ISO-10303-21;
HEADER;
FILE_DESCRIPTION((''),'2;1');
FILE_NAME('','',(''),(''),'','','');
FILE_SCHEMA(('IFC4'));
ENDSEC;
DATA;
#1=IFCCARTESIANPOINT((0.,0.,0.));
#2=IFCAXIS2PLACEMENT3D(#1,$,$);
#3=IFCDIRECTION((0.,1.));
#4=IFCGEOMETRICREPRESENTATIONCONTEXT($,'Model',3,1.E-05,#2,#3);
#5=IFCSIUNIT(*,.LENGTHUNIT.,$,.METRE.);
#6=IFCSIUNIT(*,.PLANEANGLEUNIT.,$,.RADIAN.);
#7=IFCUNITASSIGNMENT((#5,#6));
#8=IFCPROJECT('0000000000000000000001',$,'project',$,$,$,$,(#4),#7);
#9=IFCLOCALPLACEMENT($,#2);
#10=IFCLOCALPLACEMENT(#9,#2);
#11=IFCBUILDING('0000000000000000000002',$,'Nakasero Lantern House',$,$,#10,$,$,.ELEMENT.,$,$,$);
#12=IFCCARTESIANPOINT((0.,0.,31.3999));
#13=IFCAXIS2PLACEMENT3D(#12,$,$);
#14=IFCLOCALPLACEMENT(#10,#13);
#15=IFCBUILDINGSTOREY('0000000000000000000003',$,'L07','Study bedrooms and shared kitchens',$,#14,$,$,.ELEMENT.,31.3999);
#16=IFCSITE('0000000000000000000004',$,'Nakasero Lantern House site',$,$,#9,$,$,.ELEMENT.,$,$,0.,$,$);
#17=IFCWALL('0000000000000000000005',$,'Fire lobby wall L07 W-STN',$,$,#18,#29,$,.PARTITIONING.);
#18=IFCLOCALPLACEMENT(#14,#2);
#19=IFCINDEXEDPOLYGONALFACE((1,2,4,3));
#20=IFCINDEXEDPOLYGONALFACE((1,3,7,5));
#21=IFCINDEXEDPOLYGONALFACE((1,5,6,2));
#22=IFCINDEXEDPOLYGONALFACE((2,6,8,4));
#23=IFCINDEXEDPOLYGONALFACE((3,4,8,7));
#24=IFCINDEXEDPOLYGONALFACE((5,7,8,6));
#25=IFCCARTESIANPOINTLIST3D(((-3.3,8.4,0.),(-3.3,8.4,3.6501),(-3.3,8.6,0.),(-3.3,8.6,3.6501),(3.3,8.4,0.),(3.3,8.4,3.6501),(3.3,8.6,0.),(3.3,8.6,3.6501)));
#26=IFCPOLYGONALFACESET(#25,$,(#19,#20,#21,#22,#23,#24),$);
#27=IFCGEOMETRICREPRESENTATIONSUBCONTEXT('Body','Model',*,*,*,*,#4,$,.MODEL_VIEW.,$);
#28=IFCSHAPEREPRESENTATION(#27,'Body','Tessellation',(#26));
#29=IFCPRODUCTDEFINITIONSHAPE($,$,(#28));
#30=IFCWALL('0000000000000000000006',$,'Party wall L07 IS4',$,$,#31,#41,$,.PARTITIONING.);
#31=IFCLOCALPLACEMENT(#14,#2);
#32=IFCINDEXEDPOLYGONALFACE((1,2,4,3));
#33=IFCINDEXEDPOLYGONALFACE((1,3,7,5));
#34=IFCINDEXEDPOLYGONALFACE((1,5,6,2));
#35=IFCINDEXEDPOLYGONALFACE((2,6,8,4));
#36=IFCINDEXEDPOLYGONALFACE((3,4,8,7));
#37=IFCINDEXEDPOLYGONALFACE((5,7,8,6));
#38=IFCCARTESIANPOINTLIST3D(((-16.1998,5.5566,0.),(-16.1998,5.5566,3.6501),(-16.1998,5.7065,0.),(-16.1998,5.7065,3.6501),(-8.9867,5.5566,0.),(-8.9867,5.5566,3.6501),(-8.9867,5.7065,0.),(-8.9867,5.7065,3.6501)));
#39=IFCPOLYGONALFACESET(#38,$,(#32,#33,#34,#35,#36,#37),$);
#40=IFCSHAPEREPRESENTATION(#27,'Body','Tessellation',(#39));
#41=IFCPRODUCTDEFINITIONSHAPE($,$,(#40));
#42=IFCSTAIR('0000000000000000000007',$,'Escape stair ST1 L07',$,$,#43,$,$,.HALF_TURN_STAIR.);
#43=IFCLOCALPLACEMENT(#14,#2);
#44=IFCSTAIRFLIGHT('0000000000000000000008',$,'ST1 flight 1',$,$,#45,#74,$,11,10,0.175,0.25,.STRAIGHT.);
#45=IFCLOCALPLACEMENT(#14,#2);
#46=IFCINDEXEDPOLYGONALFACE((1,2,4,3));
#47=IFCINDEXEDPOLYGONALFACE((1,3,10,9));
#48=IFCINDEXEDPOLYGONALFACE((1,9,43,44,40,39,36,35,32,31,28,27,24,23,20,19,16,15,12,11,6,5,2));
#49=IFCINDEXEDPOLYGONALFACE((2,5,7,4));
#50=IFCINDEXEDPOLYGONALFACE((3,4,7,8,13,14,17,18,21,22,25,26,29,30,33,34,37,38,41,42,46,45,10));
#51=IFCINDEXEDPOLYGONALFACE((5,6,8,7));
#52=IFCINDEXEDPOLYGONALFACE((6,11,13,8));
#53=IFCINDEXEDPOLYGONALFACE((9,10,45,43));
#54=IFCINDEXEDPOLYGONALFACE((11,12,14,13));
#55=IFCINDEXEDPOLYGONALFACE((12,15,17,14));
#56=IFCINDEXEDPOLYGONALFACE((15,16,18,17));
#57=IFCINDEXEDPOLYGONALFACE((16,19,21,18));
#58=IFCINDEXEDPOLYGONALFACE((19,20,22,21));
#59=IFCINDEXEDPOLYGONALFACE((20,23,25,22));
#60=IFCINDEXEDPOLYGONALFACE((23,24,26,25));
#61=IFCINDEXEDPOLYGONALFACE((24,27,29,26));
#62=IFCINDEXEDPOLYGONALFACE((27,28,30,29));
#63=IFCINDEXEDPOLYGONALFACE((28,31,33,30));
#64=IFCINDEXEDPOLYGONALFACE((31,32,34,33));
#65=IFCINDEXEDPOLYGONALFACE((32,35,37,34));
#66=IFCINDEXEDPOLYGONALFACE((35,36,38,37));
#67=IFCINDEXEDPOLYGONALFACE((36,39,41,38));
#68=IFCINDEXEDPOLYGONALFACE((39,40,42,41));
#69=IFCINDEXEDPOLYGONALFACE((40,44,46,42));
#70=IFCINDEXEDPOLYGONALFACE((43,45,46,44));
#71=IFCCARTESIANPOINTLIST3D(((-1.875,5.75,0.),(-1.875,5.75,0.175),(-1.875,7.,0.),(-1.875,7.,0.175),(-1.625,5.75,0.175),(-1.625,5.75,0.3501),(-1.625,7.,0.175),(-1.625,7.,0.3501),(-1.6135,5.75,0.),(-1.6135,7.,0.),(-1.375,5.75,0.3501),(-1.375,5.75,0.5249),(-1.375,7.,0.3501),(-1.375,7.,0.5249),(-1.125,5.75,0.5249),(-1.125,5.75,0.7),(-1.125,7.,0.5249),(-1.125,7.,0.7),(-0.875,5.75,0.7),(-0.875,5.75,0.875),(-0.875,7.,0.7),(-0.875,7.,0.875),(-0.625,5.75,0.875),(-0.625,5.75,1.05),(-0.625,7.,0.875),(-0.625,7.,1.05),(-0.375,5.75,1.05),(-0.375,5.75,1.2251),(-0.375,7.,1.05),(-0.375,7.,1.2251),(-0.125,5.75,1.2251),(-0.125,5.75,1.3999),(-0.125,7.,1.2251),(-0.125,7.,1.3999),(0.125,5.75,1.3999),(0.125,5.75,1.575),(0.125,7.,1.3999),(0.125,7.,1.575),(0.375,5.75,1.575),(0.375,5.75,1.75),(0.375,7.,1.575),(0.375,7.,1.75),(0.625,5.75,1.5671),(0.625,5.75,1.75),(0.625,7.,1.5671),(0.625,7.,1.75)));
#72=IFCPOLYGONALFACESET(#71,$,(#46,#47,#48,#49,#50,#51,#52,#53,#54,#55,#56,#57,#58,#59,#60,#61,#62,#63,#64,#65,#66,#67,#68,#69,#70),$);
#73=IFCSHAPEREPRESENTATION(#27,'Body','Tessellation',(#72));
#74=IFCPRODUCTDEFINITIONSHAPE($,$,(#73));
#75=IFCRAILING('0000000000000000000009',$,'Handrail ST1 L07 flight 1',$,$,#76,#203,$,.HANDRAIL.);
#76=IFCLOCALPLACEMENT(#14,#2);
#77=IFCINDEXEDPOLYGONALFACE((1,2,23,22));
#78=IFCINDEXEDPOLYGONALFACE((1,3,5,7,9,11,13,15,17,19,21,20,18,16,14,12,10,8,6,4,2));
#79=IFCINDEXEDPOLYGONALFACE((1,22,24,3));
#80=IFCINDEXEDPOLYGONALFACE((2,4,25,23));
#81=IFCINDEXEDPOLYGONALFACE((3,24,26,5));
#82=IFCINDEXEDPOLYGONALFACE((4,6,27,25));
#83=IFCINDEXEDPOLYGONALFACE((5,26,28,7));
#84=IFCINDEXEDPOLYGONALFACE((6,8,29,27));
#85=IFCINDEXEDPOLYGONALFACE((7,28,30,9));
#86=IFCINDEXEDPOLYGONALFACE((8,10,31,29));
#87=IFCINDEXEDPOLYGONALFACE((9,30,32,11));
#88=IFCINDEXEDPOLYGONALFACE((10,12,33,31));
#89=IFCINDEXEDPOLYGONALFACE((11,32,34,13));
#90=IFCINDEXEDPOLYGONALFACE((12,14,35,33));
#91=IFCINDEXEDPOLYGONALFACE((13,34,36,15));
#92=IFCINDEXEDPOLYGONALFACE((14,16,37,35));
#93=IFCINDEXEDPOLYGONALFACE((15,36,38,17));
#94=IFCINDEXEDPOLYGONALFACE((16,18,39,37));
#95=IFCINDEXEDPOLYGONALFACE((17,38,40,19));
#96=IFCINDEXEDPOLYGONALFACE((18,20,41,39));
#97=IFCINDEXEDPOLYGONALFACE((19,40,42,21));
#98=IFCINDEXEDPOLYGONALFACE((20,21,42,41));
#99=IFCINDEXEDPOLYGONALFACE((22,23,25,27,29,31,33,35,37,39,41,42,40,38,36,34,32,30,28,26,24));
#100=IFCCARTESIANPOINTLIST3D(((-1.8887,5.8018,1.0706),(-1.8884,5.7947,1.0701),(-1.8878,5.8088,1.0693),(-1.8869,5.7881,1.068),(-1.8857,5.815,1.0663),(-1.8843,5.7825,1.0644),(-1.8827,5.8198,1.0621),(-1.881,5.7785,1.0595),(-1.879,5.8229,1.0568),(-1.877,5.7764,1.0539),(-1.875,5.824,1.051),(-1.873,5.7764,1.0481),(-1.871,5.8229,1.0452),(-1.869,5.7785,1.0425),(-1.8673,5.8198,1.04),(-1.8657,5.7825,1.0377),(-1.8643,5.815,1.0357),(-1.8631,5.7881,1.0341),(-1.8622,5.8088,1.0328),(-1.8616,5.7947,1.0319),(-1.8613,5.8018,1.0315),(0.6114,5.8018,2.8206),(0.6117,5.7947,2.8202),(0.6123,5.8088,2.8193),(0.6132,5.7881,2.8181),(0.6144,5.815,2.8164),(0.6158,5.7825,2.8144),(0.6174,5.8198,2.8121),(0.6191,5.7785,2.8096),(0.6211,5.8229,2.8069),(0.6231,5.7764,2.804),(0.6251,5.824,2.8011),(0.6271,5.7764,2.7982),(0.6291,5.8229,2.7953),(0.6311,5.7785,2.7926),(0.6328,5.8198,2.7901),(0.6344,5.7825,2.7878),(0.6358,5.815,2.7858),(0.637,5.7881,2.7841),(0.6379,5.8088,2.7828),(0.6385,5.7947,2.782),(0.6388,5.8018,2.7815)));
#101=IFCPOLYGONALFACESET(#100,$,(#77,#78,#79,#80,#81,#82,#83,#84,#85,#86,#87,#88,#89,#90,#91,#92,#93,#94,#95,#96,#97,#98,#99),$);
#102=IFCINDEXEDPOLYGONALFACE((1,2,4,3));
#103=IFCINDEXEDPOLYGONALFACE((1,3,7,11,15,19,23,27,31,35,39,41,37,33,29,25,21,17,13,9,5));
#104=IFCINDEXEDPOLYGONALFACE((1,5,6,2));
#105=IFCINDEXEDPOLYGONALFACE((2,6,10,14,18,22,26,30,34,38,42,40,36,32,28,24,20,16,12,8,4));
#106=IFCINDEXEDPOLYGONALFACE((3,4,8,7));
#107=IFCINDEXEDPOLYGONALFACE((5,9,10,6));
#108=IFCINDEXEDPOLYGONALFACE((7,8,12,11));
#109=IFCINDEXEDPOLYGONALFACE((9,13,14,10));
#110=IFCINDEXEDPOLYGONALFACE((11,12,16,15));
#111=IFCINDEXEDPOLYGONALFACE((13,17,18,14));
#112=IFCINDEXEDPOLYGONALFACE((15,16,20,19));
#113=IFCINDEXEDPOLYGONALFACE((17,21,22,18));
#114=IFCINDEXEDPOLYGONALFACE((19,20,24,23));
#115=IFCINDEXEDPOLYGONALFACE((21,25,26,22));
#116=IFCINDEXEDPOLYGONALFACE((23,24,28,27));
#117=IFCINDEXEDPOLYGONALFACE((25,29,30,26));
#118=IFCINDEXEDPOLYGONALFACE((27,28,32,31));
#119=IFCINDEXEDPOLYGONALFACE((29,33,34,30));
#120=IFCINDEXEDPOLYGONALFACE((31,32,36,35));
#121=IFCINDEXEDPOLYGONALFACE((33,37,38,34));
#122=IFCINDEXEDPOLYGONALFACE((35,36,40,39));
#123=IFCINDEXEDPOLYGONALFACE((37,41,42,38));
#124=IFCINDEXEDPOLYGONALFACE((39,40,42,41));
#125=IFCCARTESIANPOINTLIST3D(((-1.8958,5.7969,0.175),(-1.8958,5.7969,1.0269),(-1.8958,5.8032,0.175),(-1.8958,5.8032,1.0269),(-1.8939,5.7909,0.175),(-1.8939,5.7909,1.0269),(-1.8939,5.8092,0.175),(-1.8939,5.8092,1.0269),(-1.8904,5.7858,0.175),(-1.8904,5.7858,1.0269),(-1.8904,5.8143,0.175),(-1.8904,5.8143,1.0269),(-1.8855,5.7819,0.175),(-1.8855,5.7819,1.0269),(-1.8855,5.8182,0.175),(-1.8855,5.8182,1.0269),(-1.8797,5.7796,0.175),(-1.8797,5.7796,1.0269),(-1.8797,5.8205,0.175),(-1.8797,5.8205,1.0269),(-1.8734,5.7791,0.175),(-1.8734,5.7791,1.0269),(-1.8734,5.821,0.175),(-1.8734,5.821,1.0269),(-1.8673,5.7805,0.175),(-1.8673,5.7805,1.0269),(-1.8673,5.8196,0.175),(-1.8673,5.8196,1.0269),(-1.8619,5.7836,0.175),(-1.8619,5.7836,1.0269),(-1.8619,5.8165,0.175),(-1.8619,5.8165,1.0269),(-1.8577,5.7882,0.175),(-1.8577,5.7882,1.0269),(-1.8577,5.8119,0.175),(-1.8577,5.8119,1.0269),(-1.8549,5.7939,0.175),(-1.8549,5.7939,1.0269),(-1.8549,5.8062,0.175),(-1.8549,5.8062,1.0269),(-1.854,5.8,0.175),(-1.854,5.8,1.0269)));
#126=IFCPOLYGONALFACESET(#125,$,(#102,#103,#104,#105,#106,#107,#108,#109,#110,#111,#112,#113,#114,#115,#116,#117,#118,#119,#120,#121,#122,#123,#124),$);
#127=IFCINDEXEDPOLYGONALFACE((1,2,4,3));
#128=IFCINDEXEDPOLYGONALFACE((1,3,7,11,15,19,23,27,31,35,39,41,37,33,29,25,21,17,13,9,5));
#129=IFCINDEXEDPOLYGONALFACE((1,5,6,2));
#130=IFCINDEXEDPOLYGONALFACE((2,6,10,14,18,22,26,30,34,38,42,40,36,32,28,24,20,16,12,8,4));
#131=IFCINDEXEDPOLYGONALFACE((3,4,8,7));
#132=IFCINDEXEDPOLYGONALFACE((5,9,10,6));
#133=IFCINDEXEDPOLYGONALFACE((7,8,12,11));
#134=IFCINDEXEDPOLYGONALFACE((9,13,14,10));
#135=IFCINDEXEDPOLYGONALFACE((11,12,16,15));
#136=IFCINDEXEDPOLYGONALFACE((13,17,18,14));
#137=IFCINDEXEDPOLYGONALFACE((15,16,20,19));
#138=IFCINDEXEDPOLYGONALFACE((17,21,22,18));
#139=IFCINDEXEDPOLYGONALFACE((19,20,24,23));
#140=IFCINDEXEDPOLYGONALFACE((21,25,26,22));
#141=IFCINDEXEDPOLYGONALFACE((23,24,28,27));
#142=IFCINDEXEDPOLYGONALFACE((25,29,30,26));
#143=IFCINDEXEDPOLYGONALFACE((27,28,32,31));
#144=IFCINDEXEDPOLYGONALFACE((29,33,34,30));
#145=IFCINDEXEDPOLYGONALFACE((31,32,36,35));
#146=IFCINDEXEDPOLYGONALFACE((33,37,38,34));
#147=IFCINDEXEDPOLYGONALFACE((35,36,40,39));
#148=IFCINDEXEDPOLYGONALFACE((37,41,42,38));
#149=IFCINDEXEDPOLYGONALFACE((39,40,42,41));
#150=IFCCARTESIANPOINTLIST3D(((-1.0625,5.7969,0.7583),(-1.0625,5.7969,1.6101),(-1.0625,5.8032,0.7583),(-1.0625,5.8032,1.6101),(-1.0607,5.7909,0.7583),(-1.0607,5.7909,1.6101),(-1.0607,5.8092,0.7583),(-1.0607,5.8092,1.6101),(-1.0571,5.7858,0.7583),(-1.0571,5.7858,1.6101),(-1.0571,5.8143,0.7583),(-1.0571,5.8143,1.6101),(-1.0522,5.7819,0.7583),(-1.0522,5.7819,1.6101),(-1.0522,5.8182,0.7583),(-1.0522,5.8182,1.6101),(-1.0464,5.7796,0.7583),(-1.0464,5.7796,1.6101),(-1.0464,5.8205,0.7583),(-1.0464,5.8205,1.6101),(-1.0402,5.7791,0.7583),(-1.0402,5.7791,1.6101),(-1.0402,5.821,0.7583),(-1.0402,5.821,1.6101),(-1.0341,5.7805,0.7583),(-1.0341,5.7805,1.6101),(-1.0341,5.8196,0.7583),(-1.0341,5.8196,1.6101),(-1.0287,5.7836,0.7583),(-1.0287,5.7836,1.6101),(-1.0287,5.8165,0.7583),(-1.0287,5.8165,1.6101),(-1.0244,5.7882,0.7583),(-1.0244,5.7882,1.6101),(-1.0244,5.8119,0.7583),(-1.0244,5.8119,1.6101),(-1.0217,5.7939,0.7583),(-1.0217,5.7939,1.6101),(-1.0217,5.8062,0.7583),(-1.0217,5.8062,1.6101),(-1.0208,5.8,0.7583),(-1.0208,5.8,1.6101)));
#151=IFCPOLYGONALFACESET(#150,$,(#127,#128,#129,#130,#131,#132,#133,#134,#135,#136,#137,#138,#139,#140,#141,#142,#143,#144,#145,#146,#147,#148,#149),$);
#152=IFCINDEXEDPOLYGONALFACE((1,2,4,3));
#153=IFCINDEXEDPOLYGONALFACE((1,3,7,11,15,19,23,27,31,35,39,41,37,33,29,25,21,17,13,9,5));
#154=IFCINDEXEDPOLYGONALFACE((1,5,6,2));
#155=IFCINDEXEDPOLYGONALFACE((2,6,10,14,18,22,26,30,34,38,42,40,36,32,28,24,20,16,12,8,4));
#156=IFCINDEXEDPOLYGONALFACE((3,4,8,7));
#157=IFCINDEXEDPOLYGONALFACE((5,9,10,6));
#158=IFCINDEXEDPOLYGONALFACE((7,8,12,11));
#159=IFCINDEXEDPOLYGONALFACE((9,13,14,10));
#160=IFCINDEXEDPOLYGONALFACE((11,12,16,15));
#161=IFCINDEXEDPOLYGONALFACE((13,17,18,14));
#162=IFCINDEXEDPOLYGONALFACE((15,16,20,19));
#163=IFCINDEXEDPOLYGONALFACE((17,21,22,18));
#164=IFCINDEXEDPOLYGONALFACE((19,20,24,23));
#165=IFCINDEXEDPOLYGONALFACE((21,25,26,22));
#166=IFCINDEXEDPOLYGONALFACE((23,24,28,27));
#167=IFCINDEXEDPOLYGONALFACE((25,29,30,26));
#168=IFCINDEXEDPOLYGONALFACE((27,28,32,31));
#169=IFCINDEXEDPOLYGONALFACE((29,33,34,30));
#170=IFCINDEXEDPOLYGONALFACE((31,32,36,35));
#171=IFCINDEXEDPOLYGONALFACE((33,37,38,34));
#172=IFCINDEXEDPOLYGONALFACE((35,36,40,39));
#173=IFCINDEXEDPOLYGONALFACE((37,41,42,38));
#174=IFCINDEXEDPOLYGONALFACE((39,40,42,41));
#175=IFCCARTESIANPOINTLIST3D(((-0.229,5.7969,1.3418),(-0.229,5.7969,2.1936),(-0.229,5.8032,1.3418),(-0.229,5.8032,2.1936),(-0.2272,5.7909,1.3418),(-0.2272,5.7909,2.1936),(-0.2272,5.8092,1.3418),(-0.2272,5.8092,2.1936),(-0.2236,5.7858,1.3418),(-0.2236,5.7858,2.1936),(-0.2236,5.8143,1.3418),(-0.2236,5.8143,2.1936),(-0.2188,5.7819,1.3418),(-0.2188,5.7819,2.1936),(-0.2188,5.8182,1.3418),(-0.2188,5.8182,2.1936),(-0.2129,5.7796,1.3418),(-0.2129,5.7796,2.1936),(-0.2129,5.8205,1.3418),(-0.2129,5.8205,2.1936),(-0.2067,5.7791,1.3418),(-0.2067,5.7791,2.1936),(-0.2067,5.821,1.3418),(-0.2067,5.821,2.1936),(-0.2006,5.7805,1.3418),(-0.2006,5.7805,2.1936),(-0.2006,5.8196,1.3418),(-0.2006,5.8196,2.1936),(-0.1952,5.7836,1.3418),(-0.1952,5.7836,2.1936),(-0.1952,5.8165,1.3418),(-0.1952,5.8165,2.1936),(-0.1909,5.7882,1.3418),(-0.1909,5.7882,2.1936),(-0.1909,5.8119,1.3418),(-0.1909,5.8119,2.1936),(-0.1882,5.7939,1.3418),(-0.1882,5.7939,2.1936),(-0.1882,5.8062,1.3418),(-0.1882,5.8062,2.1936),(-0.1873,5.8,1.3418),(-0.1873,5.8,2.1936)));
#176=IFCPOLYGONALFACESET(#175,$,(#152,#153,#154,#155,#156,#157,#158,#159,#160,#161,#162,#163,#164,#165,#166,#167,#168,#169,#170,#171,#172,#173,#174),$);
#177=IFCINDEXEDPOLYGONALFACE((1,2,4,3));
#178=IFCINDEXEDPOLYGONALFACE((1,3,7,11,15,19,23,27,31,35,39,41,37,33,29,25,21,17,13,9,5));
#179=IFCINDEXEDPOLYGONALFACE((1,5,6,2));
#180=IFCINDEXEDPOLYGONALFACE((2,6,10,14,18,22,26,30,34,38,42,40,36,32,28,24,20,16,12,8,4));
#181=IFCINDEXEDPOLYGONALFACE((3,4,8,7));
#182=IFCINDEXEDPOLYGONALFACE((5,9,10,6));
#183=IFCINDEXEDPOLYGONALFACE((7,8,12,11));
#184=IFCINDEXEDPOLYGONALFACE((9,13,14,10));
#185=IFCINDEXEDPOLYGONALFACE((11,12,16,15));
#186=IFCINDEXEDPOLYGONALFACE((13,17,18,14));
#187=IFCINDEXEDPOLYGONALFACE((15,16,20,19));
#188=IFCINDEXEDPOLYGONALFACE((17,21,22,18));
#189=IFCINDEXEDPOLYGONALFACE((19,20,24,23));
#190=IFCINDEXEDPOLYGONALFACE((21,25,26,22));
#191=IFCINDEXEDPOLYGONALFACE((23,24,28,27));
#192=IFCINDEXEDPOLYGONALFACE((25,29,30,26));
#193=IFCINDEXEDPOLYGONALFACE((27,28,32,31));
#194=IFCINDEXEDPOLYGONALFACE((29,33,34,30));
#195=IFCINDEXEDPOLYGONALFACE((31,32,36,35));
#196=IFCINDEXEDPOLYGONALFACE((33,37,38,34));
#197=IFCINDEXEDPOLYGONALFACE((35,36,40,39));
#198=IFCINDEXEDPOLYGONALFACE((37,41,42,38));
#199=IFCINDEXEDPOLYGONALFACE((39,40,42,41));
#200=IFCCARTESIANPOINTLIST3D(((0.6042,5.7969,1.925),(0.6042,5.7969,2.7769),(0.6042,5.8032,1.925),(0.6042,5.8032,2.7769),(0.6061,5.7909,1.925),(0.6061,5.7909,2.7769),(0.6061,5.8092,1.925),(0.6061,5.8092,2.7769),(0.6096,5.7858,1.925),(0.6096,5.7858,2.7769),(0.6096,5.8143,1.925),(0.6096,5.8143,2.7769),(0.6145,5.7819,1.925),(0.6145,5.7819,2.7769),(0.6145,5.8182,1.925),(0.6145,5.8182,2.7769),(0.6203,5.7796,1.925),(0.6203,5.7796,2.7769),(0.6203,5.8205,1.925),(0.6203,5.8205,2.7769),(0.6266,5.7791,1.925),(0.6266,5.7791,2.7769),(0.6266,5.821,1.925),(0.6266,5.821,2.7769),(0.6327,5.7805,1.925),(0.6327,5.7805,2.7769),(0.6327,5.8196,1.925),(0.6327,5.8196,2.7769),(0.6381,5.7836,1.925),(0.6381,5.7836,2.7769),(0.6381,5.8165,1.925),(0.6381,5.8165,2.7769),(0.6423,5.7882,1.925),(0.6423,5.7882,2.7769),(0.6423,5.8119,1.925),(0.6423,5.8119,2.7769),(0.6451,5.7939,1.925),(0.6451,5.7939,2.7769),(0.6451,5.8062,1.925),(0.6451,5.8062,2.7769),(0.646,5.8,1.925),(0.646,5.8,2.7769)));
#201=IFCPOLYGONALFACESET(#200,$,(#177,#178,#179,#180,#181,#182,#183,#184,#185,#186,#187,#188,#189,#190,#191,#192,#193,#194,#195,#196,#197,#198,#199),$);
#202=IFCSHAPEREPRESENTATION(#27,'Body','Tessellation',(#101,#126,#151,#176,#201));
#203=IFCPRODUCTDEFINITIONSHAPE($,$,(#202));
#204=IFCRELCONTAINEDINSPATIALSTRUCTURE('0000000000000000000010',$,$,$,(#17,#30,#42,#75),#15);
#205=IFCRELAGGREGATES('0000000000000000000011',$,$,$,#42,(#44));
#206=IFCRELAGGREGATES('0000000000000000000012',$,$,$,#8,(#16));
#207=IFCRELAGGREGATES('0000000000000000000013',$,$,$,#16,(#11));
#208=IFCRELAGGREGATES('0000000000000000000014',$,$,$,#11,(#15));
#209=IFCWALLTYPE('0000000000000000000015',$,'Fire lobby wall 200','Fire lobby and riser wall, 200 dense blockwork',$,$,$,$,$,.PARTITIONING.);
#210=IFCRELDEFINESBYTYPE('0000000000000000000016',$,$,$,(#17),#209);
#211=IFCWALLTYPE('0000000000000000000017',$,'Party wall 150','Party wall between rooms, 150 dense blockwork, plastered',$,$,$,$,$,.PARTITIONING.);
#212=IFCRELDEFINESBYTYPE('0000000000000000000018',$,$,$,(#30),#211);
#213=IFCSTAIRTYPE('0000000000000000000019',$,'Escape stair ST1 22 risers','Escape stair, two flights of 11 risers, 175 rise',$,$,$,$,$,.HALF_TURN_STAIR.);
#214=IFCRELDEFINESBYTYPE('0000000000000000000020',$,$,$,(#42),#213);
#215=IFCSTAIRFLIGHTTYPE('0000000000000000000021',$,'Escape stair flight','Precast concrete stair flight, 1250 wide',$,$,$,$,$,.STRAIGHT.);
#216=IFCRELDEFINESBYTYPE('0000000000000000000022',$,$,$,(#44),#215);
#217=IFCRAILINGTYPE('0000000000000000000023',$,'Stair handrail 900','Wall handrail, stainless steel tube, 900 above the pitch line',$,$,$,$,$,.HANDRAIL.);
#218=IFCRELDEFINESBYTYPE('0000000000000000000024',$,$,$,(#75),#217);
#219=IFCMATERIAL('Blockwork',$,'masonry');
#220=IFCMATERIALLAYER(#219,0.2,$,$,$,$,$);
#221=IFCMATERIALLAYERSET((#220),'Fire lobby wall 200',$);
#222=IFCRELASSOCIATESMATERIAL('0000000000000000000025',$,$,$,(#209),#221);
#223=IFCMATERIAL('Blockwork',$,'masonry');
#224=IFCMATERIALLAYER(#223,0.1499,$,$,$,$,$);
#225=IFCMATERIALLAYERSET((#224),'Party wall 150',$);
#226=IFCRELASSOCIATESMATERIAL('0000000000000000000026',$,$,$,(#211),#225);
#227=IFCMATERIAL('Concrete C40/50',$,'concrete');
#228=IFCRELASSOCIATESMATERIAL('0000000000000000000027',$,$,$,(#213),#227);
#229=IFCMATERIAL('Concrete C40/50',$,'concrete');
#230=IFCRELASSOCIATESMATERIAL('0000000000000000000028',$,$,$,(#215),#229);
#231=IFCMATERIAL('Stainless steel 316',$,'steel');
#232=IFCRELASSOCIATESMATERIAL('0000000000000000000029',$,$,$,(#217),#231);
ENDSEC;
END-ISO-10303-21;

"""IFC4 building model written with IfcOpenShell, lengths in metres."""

from ifc_helpers import new_model, si_unit, direction, frame, frame_2d, origin, origin_2d, place, context, subcontext, project, spatial, polyline, rectangle, circle, outline, extrude, material, layer, layer_set, type_object, element, aggregate, save


model = new_model("IFC4")

# Units and contexts
model_context = context("Model", 3, precision=1e-05, world=origin(), true_north=direction((0.0, 1.0)))
body_context = subcontext(model_context, "Body", "Model", "MODEL_VIEW")
ifc_project = project(units=[si_unit("LENGTHUNIT", "METRE"), si_unit("PLANEANGLEUNIT", "RADIAN")], contexts=[model_context])

# Site, building, storey
site_placement = place(None, origin())
site = spatial("IfcSite", under=ifc_project, at=site_placement, Name="Nakasero Lantern House site", CompositionType="ELEMENT", RefElevation=0.0)
building_placement = place(site_placement, origin())
building = spatial("IfcBuilding", under=site, at=building_placement, Name="Nakasero Lantern House", CompositionType="ELEMENT")
storey_placement = place(building_placement, frame((0.0, 0.0, 31.3999)))
storey = spatial("IfcBuildingStorey", under=building, at=storey_placement, Name="L07", Description="Study bedrooms and shared kitchens", CompositionType="ELEMENT", Elevation=31.3999)

# Shared definitions
ifc_material_1 = material(Name="Blockwork", Category="masonry")
ifc_layer_1 = layer(ifc_material_1, 0.2)
ifc_layer_set_1 = layer_set([ifc_layer_1], Name="Fire lobby wall 200")
wall_type_1 = type_object("IfcWallType", Name="Fire lobby wall 200", Description="Fire lobby and riser wall, 200 dense blockwork", PredefinedType="PARTITIONING", material=ifc_layer_set_1)

# Walls
wall_1_placement = place(storey_placement, frame((-3.3, 8.5, 0.0), z_axis=(0.0, 0.0, 1.0), x_axis=(1.0, 0.0, 0.0)))
element("IfcWall", 1, at=wall_1_placement, inside=storey, type_object=wall_type_1, Name="Fire lobby wall L07 W-STN", PredefinedType="PARTITIONING", context=body_context, shape_type="SweptSolid", body=[
    extrude(rectangle(XDim=6.6001, YDim=0.2, at=frame_2d((3.3, 0.0))), origin(), (0.0, 0.0, 1.0), 3.6501),
])
ifc_material_2 = material(Name="Blockwork", Category="masonry")
ifc_layer_2 = layer(ifc_material_2, 0.1499)
ifc_layer_set_2 = layer_set([ifc_layer_2], Name="Party wall 150")
wall_type_2 = type_object("IfcWallType", Name="Party wall 150", Description="Party wall between rooms, 150 dense blockwork, plastered", PredefinedType="PARTITIONING", material=ifc_layer_set_2)
wall_2_placement = place(storey_placement, frame((-8.9868, 5.6316, 0.0), z_axis=(0.0, 0.0, 1.0), x_axis=(-1.0, 0.0, 0.0)))
element("IfcWall", 2, at=wall_2_placement, inside=storey, type_object=wall_type_2, Name="Party wall L07 IS4", PredefinedType="PARTITIONING", context=body_context, shape_type="SweptSolid", body=[
    extrude(rectangle(XDim=7.2131, YDim=0.1499, at=frame_2d((3.6064, 0.0))), origin(), (0.0, 0.0, 1.0), 3.6501),
])

# Stair, stair flight
ifc_material_3 = material(Name="Concrete C40/50", Category="concrete")
stair_type = type_object("IfcStairType", Name="Escape stair ST1 22 risers", Description="Escape stair, two flights of 11 risers, 175 rise", PredefinedType="HALF_TURN_STAIR", material=ifc_material_3)
stair_placement = place(storey_placement, origin())
stair = element("IfcStair", 3, at=stair_placement, inside=storey, type_object=stair_type, Name="Escape stair ST1 L07", PredefinedType="HALF_TURN_STAIR")
ifc_material_4 = material(Name="Concrete C40/50", Category="concrete")
stair_flight_type = type_object("IfcStairFlightType", Name="Escape stair flight", Description="Precast concrete stair flight, 1250 wide", PredefinedType="STRAIGHT", material=ifc_material_4)
stair_flight_placement = place(storey_placement, frame((-1.875, 6.375, 0.0), z_axis=(0.0, 0.0, 1.0), x_axis=(1.0, 0.0, 0.0)))
stair_flight = element("IfcStairFlight", 4, at=stair_flight_placement, type_object=stair_flight_type, Name="ST1 flight 1", NumberOfRisers=11, NumberOfTreads=10, PredefinedType="STRAIGHT", RiserHeight=0.175, TreadLength=0.25, context=body_context, shape_type="SweptSolid", body=[
    extrude(outline(polyline([(0.0, 0.0), (0.0, 0.175), (0.25, 0.175), (0.25, 0.3501), (0.5, 0.3501), (0.5, 0.5249), (0.75, 0.5249), (0.75, 0.7), (1.0, 0.7), (1.0, 0.875), (1.25, 0.875), (1.25, 1.05), (1.5, 1.05), (1.5, 1.2251), (1.75, 1.2251), (1.75, 1.3999), (2.0, 1.3999), (2.0, 1.575), (2.25, 1.575), (2.25, 1.75), (2.5, 1.75), (2.5, 1.925), (2.5, 1.5671), (0.2615, 0.0), (0.0, 0.0)])), frame((0.0, 0.625, 0.0), z_axis=(0.0, -1.0, 0.0), x_axis=(1.0, 0.0, 0.0)), (0.0, 0.0, 1.0), 1.25),
])
aggregate(stair, [stair_flight])

# Railing
ifc_material_5 = material(Name="Stainless steel 316", Category="steel")
railing_type = type_object("IfcRailingType", Name="Stair handrail 900", Description="Wall handrail, stainless steel tube, 900 above the pitch line", PredefinedType="HANDRAIL", material=ifc_material_5)
railing_placement = place(storey_placement, frame((-1.875, 5.8, 0.175)))
element("IfcRailing", 5, at=railing_placement, inside=storey, type_object=railing_type, Name="Handrail ST1 L07 flight 1", PredefinedType="HANDRAIL", context=body_context, shape_type="SweptSolid", body=[
    extrude(circle(Radius=0.0239, at=origin_2d()), frame((0.0, 0.0, 0.876), z_axis=(0.819232, 0.0, 0.573462), x_axis=(0.0, 1.0, 0.0)), (0.0, 0.0, 1.0), 3.0518),
    extrude(circle(Radius=0.021, at=origin_2d()), origin(), (0.0, 0.0, 1.0), 0.8518),
    extrude(circle(Radius=0.021, at=origin_2d()), frame((0.8333, 0.0, 0.5833)), (0.0, 0.0, 1.0), 0.8518),
    extrude(circle(Radius=0.021, at=origin_2d()), frame((1.6667, 0.0, 1.1667)), (0.0, 0.0, 1.0), 0.8518),
    extrude(circle(Radius=0.021, at=origin_2d()), frame((2.5, 0.0, 1.75)), (0.0, 0.0, 1.0), 0.8518),
])

save(model, "model.ifc")
